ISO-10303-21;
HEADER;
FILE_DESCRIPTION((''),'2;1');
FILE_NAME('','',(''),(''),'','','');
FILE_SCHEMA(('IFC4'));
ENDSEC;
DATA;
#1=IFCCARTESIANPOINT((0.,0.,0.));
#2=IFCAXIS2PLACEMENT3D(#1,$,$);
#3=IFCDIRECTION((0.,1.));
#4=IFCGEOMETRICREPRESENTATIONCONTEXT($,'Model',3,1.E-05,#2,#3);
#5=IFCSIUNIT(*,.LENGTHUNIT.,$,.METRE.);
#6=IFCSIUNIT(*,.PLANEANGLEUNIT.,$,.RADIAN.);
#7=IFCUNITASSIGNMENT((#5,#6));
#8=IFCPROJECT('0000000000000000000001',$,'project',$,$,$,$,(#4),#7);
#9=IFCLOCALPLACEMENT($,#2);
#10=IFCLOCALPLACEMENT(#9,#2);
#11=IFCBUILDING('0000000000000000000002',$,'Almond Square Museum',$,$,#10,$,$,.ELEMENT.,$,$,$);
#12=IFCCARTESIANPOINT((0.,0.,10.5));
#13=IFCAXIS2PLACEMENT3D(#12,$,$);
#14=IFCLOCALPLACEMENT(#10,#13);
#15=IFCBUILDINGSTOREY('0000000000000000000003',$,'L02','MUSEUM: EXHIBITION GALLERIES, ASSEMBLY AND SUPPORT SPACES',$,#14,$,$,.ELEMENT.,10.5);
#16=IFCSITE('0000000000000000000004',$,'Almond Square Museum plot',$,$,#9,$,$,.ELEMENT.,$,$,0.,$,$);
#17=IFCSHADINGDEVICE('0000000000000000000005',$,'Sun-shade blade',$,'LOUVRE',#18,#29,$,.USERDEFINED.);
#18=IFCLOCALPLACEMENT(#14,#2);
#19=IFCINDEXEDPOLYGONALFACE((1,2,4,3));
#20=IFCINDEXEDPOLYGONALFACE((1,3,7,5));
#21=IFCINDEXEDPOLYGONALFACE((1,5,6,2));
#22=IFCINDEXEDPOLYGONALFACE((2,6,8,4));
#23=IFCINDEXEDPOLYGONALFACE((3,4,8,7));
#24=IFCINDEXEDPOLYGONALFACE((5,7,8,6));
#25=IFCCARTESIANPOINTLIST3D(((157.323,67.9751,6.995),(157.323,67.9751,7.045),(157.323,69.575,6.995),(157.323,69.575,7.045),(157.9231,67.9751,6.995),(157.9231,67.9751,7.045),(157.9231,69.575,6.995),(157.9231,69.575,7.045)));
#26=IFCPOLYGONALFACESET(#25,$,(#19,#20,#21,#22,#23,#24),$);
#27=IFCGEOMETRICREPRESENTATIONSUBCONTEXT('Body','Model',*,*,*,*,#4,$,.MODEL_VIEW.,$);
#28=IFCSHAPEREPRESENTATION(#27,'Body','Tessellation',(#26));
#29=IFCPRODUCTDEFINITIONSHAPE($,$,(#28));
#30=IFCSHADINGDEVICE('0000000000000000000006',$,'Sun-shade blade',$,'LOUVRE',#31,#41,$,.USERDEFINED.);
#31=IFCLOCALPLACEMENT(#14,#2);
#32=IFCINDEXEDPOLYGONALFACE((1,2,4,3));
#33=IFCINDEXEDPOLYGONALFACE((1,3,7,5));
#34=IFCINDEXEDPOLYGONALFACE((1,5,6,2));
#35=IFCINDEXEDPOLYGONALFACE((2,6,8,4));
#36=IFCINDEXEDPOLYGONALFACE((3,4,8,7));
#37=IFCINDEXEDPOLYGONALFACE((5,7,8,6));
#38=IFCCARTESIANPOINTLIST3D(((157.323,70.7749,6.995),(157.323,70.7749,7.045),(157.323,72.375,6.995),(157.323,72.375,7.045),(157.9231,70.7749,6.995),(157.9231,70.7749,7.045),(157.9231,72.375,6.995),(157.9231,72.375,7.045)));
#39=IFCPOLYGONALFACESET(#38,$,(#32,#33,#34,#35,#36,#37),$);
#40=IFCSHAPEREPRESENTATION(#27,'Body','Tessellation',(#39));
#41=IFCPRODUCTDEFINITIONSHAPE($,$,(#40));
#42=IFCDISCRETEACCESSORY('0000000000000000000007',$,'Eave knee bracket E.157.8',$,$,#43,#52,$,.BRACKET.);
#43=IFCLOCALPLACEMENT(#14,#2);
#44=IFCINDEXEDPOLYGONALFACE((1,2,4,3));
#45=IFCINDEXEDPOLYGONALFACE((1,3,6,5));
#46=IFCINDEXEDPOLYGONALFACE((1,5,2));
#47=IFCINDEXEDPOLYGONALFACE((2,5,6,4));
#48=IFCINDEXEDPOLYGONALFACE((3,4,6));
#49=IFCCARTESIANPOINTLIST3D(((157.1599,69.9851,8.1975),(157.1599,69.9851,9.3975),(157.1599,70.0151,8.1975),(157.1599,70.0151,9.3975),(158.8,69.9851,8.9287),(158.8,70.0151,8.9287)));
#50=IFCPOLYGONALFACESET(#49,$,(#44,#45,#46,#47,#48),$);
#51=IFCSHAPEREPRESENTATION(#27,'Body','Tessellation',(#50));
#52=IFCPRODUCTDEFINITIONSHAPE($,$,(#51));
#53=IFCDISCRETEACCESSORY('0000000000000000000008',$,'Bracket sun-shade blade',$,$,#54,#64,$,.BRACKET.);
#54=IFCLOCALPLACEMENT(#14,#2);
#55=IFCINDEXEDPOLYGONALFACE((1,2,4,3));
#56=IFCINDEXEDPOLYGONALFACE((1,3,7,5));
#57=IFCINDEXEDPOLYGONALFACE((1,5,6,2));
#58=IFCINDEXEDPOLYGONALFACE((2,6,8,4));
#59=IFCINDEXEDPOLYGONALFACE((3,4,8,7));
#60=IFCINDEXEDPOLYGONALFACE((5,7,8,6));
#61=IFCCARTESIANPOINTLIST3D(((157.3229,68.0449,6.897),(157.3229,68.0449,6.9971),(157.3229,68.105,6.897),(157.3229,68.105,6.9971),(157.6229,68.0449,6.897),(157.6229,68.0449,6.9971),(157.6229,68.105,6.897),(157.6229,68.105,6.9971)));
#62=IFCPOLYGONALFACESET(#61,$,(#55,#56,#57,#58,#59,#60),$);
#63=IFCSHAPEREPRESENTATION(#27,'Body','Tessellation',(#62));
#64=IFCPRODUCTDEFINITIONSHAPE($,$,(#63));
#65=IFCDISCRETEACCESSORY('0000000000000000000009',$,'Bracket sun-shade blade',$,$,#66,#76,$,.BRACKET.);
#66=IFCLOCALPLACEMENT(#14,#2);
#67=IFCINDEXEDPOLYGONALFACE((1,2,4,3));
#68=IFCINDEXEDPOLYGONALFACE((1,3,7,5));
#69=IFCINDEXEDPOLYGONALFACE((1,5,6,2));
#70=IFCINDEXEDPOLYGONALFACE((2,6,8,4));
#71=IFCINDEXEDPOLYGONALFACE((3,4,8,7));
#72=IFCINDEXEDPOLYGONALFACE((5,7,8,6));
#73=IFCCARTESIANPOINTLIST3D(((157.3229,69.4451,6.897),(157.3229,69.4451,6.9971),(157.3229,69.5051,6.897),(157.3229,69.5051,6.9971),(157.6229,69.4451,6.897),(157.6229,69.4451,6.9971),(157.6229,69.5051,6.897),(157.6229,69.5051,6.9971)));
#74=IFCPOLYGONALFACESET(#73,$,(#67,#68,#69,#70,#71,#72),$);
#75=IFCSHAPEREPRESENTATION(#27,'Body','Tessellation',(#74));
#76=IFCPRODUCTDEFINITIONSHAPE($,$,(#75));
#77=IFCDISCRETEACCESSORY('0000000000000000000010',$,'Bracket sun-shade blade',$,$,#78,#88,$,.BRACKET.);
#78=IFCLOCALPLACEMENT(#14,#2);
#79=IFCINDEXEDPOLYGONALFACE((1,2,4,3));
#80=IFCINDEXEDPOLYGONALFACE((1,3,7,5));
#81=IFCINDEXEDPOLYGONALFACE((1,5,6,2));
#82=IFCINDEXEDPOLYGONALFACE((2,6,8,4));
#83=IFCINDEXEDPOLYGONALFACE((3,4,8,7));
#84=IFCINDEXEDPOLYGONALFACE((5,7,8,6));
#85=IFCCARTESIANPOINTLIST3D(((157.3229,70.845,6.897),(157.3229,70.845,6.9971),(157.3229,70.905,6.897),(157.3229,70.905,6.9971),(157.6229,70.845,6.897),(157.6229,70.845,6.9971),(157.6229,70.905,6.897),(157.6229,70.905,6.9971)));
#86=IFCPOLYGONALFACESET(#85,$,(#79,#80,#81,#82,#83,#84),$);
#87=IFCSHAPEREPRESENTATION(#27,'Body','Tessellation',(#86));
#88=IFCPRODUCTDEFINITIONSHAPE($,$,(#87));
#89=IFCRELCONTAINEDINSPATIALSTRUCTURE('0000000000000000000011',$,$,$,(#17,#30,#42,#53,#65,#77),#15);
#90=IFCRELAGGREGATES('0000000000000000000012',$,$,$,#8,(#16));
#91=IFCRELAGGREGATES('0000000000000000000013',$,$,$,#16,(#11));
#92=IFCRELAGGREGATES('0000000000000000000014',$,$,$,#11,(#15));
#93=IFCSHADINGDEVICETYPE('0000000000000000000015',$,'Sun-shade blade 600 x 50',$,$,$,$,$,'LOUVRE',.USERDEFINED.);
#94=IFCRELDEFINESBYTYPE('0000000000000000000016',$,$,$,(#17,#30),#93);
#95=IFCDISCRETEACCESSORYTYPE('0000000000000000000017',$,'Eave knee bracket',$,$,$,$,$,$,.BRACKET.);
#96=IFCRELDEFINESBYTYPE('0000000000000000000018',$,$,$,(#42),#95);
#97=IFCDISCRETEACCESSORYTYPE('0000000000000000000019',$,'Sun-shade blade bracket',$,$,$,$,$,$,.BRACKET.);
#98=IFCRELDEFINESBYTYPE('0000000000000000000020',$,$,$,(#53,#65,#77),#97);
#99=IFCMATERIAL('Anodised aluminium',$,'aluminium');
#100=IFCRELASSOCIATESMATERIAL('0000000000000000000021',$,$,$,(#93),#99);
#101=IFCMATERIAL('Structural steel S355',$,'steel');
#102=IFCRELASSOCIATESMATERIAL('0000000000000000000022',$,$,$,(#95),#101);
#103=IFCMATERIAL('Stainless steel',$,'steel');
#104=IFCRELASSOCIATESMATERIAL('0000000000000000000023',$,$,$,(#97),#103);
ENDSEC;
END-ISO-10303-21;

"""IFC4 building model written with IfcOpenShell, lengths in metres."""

from ifc_helpers import new_model, si_unit, direction, frame, origin, origin_2d, place, context, subcontext, project, spatial, polyline, rectangle, outline, extrude, material, material_profile, profile_set, type_object, element, save


model = new_model("IFC4")

# Units and contexts
model_context = context("Model", 3, precision=1e-05, world=origin(), true_north=direction((0.0, 1.0)))
body_context = subcontext(model_context, "Body", "Model", "MODEL_VIEW")
ifc_project = project(units=[si_unit("LENGTHUNIT", "METRE"), si_unit("PLANEANGLEUNIT", "RADIAN")], contexts=[model_context])

# Site, building, storey
site_placement = place(None, origin())
site = spatial("IfcSite", under=ifc_project, at=site_placement, Name="Almond Square Museum plot", CompositionType="ELEMENT", RefElevation=0.0)
building_placement = place(site_placement, origin())
building = spatial("IfcBuilding", under=site, at=building_placement, Name="Almond Square Museum", CompositionType="ELEMENT")
storey_placement = place(building_placement, frame((0.0, 0.0, 10.5)))
storey = spatial("IfcBuildingStorey", under=building, at=storey_placement, Name="L02", Description="MUSEUM: EXHIBITION GALLERIES, ASSEMBLY AND SUPPORT SPACES", CompositionType="ELEMENT", Elevation=10.5)

# Shading devices
ifc_material_1 = material(Name="Anodised aluminium", Category="aluminium")
ifc_material_profile_1 = material_profile(ifc_material_1, rectangle(XDim=0.6001, YDim=0.05, at=origin_2d()))
ifc_profile_set_1 = profile_set([ifc_material_profile_1], Name="Anodised aluminium")
shading_device_type = type_object("IfcShadingDeviceType", Name="Sun-shade blade 600 x 50", ElementType="LOUVRE", PredefinedType="USERDEFINED", material=ifc_profile_set_1)
shading_device_1_placement = place(storey_placement, frame((157.623, 67.9751, 7.02), z_axis=(0.0, 1.0, 0.0), x_axis=(-1.0, 0.0, 0.0)))
element("IfcShadingDevice", 1, at=shading_device_1_placement, inside=storey, type_object=shading_device_type, Name="Sun-shade blade", ObjectType="LOUVRE", PredefinedType="USERDEFINED", context=body_context, shape_type="SweptSolid", body=[
    extrude(rectangle(XDim=0.6001, YDim=0.05, at=origin_2d()), origin(), (0.0, 0.0, 1.0), 1.5999),
])
shading_device_2_placement = place(storey_placement, frame((157.623, 70.7749, 7.02), z_axis=(0.0, 1.0, 0.0), x_axis=(-1.0, 0.0, 0.0)))
element("IfcShadingDevice", 2, at=shading_device_2_placement, inside=storey, type_object=shading_device_type, Name="Sun-shade blade", ObjectType="LOUVRE", PredefinedType="USERDEFINED", context=body_context, shape_type="SweptSolid", body=[
    extrude(rectangle(XDim=0.6001, YDim=0.05, at=origin_2d()), origin(), (0.0, 0.0, 1.0), 1.6001),
])

# Discrete accessories
ifc_material_2 = material(Name="Structural steel S355", Category="steel")
discrete_accessory_type_1 = type_object("IfcDiscreteAccessoryType", Name="Eave knee bracket", PredefinedType="BRACKET", material=ifc_material_2)
discrete_accessory_placement = place(storey_placement, frame((157.1599, 70.0, 9.3975), z_axis=(0.0, -1.0, 0.0), x_axis=(0.0, 0.0, -1.0)))
element("IfcDiscreteAccessory", 3, at=discrete_accessory_placement, inside=storey, type_object=discrete_accessory_type_1, Name="Eave knee bracket E.157.8", PredefinedType="BRACKET", context=body_context, shape_type="SweptSolid", body=[
    extrude(outline(polyline([(0.0, 0.0), (1.2, 0.0), (0.4688, 1.6401), (0.0, 0.0)])), frame((0.0, 0.0, -0.0151)), (0.0, 0.0, 1.0), 0.03),
])
ifc_material_3 = material(Name="Stainless steel", Category="steel")
discrete_accessory_type_2 = type_object("IfcDiscreteAccessoryType", Name="Sun-shade blade bracket", PredefinedType="BRACKET", material=ifc_material_3)
for number, where, z_axis, x_axis, name in (
    (4, (157.4729, 68.075, 6.897), (0.0, 0.0, 1.0), (1.0, 0.0, 0.0), "Bracket sun-shade blade"),
    (5, (157.4729, 69.4751, 6.897), (0.0, 0.0, 1.0), (1.0, 0.0, 0.0), "Bracket sun-shade blade"),
    (6, (157.4729, 70.875, 6.897), (0.0, 0.0, 1.0), (1.0, 0.0, 0.0), "Bracket sun-shade blade"),
):
    element("IfcDiscreteAccessory", number, at=place(storey_placement, frame(where, z_axis=z_axis, x_axis=x_axis)), inside=storey, type_object=discrete_accessory_type_2, Name=name, PredefinedType="BRACKET", context=body_context, shape_type="SweptSolid", body=[
        extrude(rectangle(XDim=0.3, YDim=0.0601, at=origin_2d()), origin(), (0.0, 0.0, 1.0), 0.1001),
    ])

save(model, "model.ifc")
